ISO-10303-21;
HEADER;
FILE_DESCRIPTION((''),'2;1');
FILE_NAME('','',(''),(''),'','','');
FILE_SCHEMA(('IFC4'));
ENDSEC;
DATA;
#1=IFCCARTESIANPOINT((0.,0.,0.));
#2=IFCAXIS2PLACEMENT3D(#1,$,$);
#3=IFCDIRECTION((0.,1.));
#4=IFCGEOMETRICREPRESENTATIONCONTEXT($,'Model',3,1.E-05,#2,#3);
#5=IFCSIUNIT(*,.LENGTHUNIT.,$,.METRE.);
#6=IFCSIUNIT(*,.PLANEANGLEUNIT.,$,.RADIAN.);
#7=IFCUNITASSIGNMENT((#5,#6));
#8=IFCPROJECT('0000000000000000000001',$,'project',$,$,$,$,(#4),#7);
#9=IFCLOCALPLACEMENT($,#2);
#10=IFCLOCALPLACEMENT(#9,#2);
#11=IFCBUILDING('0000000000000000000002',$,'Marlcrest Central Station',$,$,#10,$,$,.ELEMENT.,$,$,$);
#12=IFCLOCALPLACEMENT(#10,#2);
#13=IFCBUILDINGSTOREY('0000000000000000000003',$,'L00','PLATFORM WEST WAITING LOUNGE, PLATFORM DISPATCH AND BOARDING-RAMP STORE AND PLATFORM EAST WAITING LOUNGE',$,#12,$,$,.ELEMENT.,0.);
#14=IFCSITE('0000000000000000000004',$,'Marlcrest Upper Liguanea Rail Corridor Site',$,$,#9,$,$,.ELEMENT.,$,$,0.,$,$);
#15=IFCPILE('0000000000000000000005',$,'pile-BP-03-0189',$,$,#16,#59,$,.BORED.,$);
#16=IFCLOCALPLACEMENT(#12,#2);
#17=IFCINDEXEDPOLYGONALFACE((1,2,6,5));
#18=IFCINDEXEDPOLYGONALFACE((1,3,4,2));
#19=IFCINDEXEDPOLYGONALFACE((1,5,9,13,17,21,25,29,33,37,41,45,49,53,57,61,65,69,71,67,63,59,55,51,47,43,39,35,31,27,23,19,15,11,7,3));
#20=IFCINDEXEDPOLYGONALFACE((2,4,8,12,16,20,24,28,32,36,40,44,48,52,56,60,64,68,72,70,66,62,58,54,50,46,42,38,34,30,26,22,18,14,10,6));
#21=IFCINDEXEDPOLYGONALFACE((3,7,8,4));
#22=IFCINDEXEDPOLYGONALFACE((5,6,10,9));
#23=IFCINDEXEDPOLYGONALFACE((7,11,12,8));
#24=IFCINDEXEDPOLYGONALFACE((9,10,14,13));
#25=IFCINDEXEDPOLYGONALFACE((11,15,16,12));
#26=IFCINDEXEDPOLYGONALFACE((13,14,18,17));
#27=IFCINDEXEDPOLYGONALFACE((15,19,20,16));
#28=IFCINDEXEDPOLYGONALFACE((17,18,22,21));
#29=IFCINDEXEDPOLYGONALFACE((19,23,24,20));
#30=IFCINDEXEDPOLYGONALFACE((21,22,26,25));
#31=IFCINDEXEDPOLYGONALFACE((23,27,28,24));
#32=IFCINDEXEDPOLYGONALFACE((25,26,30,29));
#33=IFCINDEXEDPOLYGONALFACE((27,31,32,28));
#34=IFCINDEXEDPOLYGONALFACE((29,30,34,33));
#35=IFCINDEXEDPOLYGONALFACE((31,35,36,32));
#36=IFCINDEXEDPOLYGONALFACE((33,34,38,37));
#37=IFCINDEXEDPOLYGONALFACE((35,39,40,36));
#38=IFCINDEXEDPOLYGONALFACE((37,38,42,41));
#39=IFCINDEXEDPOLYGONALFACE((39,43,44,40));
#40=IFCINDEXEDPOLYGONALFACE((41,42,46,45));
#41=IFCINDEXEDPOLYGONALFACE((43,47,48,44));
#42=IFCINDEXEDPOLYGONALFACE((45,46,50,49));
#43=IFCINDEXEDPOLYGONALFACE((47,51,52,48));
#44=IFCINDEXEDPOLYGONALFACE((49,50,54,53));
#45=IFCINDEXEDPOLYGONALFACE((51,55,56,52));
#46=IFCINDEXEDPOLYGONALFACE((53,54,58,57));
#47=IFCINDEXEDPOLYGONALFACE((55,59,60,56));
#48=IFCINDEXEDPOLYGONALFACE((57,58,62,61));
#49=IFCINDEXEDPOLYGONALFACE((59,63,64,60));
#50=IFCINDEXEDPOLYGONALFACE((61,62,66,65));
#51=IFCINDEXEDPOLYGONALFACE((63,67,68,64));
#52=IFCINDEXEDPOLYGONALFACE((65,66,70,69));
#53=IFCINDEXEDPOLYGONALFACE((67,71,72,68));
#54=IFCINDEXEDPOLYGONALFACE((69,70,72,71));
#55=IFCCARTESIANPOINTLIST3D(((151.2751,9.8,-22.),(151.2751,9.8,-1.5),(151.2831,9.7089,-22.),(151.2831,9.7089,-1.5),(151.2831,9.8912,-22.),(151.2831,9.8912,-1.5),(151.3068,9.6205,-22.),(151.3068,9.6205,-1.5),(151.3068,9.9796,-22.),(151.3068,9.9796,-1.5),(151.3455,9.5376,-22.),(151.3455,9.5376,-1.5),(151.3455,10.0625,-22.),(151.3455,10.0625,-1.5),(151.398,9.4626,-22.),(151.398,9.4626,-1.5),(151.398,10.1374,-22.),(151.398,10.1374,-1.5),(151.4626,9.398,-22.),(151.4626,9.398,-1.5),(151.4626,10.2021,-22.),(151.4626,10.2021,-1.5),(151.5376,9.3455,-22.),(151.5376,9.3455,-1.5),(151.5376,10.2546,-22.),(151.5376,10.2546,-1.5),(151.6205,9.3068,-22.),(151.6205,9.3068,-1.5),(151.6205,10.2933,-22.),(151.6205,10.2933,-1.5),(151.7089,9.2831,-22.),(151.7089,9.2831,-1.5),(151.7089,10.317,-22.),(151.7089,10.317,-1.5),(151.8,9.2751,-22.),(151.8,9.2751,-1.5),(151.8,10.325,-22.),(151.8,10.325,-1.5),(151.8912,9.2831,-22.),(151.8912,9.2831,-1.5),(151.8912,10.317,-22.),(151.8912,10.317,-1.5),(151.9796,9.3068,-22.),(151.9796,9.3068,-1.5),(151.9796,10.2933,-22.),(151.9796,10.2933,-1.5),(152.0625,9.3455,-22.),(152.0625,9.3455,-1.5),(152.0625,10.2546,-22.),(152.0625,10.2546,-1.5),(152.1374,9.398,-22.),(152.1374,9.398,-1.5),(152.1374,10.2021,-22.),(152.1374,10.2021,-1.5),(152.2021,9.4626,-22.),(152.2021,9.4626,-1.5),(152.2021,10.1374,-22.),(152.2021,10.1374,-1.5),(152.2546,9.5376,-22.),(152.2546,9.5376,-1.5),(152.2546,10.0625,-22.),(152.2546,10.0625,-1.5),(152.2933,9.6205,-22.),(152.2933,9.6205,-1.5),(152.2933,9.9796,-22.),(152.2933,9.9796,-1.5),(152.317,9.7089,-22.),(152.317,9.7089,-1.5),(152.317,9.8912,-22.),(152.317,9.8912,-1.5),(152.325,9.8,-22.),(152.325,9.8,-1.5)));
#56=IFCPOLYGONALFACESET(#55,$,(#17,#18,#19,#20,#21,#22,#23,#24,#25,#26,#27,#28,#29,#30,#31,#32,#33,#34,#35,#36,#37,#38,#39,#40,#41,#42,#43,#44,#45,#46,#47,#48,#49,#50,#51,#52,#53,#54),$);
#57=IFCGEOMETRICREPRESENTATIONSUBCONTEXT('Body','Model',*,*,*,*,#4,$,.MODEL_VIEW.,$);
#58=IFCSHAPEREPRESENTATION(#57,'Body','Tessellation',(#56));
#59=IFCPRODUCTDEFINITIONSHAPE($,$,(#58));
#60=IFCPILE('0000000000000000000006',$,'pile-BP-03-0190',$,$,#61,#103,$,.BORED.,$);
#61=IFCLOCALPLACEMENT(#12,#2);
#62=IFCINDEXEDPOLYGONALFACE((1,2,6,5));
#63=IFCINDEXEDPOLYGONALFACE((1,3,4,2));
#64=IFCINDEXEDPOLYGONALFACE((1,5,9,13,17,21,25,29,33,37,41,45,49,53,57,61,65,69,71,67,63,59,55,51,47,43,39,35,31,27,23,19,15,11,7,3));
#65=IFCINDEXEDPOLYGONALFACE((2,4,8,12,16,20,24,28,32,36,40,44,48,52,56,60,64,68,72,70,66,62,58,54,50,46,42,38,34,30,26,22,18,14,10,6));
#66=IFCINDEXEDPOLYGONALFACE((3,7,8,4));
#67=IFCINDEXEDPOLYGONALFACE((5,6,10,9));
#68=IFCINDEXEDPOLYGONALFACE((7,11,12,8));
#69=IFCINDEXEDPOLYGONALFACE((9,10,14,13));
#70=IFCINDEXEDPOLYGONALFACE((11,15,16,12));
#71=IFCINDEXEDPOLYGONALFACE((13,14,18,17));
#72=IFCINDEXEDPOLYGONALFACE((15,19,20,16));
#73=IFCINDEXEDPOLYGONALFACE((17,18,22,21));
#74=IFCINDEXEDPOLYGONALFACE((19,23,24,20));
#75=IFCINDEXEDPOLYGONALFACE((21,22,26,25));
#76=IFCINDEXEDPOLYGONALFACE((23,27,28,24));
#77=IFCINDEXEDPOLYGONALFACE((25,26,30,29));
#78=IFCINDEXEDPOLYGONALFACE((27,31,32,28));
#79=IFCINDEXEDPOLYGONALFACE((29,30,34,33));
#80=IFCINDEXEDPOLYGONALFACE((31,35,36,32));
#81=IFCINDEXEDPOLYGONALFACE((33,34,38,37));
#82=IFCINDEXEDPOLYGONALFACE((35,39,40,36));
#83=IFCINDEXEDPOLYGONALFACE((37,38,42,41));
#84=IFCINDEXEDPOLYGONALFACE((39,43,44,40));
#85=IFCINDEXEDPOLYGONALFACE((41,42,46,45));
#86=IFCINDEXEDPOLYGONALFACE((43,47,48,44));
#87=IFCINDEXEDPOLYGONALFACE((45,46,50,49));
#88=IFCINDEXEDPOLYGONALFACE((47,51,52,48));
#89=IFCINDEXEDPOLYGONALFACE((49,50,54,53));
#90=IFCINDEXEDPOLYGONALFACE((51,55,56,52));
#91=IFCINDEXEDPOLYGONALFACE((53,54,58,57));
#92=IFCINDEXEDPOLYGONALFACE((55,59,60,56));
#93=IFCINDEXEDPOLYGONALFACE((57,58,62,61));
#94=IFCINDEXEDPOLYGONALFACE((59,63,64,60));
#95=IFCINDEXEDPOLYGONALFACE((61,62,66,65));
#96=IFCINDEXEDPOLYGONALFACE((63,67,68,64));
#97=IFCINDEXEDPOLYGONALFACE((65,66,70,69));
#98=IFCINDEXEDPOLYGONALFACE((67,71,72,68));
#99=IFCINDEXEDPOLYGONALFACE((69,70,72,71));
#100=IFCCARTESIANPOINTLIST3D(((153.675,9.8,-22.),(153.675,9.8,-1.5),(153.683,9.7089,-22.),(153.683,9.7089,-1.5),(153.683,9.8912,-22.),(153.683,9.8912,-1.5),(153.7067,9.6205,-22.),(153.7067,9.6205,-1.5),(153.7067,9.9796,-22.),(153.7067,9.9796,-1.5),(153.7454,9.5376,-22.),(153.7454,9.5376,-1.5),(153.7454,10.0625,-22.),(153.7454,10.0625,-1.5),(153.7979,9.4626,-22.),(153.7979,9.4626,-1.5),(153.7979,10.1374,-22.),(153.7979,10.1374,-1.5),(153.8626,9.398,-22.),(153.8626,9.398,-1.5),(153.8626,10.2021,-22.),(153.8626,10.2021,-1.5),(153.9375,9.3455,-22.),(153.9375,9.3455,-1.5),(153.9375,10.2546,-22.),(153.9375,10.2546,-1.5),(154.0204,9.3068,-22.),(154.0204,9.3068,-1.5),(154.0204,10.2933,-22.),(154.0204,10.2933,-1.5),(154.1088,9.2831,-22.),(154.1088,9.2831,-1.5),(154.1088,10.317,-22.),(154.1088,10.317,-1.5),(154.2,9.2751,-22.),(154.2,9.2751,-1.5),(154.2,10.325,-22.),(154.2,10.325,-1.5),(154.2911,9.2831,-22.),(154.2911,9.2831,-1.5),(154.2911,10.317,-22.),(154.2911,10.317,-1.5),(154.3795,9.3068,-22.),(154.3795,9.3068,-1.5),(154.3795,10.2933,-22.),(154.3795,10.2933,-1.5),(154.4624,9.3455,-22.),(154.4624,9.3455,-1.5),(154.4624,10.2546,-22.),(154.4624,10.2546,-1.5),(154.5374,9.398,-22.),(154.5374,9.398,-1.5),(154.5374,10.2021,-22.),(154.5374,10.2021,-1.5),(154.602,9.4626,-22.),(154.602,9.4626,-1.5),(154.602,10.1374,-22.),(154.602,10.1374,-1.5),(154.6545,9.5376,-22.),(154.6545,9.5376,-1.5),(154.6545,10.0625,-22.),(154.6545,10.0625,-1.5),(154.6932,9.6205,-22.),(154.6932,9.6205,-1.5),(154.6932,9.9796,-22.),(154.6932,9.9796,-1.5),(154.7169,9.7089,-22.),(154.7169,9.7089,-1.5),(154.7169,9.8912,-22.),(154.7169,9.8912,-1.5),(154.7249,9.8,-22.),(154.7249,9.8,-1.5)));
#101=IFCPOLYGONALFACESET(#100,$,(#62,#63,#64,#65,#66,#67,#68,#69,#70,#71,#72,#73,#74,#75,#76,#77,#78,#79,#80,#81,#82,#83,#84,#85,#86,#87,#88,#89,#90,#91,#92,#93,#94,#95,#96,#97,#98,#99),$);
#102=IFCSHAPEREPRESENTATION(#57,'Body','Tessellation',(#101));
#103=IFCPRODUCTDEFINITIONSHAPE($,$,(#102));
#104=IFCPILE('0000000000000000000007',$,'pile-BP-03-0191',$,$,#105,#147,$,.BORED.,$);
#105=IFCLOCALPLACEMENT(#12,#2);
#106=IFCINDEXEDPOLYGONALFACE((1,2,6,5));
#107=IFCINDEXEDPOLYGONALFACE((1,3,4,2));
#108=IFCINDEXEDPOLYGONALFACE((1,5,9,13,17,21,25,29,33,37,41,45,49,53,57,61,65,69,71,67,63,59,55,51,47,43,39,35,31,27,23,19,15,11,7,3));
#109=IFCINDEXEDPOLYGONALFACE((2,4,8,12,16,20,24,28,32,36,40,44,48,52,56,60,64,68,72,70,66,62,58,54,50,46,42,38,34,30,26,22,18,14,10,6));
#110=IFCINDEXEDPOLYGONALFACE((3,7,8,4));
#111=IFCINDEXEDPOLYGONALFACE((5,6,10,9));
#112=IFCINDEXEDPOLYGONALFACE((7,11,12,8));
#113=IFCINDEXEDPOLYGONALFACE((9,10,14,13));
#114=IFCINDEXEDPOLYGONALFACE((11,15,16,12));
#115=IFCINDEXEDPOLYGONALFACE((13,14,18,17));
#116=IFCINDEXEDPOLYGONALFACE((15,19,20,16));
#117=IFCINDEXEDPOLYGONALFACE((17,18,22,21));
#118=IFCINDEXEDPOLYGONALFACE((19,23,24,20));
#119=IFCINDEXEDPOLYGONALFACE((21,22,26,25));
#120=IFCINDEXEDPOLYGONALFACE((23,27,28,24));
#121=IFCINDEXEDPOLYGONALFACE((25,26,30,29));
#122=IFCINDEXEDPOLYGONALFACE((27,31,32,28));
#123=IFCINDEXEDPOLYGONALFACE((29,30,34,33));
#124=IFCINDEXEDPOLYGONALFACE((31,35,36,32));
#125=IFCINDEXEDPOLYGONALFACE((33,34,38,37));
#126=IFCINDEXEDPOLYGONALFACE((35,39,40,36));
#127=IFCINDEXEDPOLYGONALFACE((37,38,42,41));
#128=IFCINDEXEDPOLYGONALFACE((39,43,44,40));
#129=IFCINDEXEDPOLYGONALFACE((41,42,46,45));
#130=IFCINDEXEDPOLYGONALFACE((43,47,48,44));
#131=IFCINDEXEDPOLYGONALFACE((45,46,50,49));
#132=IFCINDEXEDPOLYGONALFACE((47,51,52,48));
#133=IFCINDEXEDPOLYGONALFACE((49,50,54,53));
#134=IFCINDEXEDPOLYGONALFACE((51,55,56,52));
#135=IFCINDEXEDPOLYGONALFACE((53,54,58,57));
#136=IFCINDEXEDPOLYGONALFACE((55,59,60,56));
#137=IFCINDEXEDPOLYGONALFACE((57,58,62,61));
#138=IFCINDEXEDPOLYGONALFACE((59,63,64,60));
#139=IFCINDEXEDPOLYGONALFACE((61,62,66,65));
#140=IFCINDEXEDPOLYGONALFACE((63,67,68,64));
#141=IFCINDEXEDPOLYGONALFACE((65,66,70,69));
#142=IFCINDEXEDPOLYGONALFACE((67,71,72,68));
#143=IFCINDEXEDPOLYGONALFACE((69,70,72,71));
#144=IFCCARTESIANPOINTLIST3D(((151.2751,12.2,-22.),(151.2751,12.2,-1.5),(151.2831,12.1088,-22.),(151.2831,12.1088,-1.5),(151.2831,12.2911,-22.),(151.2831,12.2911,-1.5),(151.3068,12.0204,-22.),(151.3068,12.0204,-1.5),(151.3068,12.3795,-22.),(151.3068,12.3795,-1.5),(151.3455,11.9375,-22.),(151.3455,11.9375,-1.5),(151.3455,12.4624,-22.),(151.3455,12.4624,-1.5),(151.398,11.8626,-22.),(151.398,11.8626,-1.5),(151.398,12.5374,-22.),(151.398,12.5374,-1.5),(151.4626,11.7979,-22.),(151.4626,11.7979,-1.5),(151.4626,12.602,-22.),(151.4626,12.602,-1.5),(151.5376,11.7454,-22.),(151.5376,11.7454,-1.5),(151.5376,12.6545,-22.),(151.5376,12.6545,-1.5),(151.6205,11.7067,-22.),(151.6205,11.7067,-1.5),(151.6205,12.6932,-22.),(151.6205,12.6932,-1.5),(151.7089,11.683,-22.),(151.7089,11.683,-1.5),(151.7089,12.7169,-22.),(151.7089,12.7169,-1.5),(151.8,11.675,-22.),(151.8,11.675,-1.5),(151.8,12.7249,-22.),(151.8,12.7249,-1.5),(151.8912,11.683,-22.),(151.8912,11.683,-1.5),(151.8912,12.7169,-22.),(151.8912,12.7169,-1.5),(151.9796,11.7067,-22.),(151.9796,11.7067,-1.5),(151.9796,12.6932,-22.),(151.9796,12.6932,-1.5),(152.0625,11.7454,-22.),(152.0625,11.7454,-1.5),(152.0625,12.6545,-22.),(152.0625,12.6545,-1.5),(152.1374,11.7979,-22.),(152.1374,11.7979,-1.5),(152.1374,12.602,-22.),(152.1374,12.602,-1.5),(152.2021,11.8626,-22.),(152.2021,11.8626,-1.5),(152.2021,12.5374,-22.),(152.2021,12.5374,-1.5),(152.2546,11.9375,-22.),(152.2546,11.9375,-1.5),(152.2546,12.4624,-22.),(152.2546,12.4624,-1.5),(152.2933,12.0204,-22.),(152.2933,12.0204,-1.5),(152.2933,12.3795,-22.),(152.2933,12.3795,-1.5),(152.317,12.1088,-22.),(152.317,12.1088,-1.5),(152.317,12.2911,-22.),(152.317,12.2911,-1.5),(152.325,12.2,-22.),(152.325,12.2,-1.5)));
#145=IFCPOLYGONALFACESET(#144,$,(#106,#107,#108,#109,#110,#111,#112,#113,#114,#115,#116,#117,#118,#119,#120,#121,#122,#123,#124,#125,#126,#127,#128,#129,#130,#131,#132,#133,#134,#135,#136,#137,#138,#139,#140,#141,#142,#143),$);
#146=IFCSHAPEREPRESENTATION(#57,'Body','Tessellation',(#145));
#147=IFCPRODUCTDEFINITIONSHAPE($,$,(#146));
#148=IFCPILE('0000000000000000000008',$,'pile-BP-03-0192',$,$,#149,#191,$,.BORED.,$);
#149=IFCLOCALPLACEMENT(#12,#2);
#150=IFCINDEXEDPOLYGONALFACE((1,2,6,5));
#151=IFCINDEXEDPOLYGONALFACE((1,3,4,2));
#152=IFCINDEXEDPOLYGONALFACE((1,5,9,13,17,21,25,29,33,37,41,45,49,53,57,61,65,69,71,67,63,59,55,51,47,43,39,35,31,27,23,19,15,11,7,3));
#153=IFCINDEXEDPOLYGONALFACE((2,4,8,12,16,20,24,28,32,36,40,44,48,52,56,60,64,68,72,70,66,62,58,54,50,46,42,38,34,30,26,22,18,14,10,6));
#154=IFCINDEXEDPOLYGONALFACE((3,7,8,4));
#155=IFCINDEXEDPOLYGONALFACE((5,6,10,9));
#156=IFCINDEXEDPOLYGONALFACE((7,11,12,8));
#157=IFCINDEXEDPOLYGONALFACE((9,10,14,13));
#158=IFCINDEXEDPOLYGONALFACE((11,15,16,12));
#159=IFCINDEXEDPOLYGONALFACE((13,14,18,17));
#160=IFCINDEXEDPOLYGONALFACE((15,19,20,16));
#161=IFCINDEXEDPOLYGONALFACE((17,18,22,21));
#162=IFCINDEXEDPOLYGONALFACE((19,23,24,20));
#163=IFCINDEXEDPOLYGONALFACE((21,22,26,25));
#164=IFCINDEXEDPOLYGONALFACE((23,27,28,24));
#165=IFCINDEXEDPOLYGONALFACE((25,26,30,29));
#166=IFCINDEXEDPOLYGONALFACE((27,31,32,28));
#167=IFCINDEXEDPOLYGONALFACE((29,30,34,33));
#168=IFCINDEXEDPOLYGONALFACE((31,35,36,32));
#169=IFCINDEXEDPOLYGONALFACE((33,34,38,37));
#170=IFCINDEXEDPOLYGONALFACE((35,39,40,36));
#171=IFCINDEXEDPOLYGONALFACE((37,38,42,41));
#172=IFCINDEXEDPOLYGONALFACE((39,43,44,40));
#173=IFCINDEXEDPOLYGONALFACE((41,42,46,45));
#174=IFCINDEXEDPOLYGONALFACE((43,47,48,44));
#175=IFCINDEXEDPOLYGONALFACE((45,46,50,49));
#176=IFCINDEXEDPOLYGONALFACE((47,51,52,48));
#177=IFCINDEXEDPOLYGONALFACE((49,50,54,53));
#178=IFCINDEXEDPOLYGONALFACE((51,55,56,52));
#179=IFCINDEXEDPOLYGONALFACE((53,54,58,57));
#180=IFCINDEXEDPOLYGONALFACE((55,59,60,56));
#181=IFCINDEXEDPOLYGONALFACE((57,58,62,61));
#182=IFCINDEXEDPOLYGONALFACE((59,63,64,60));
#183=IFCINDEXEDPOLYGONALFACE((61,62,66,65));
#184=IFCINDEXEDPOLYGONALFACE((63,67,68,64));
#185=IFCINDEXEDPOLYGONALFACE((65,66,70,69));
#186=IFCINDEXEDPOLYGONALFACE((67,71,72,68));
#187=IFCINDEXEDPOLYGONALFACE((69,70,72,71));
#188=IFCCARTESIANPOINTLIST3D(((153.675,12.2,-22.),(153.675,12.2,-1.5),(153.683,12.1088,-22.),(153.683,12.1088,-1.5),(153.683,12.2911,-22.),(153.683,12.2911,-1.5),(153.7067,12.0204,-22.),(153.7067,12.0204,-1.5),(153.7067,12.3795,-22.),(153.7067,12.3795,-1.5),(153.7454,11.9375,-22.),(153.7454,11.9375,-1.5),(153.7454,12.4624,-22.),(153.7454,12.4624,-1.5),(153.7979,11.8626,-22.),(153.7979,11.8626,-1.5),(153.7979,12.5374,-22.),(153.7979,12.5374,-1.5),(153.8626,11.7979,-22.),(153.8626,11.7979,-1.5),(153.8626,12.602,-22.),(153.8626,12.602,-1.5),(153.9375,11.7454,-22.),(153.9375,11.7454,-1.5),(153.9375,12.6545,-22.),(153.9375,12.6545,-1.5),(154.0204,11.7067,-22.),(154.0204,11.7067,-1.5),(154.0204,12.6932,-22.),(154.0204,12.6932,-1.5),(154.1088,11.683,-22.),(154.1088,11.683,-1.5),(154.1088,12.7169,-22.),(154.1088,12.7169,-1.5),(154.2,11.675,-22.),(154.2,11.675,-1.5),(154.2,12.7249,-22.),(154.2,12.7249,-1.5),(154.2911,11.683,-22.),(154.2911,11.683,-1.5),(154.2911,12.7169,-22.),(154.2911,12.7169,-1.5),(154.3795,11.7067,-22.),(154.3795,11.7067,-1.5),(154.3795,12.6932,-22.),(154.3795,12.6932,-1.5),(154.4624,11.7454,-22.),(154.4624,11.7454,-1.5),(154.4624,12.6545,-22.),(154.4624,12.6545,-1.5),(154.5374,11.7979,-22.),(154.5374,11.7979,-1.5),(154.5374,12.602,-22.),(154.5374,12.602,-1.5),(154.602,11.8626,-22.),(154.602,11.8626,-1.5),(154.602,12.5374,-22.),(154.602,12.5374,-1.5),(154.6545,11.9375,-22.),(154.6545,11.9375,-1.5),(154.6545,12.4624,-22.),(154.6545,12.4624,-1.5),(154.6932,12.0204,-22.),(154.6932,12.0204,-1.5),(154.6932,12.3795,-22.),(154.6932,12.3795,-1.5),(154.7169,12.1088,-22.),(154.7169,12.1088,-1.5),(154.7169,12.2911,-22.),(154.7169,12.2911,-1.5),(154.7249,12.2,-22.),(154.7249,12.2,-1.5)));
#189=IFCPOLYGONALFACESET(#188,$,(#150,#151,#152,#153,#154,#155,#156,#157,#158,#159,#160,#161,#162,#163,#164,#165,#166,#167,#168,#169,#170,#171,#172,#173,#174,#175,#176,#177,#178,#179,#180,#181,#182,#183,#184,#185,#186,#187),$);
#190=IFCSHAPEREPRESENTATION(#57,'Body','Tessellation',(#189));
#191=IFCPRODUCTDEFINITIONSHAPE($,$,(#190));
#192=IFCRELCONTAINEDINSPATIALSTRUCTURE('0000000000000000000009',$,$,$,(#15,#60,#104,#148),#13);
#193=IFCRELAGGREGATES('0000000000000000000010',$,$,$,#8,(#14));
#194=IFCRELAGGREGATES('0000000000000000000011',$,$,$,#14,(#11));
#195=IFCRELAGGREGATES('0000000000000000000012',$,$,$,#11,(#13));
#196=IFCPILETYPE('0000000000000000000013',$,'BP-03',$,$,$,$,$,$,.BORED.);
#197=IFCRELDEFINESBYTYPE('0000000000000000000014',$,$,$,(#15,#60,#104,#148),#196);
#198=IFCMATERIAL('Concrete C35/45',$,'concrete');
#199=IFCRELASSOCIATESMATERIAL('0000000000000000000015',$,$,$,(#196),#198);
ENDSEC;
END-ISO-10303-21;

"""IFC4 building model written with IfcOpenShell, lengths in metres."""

from ifc_helpers import new_model, si_unit, direction, frame, origin, origin_2d, place, context, subcontext, project, spatial, circle, extrude, material, material_profile, profile_set, type_object, element, save


model = new_model("IFC4")

# Units and contexts
model_context = context("Model", 3, precision=1e-05, world=origin(), true_north=direction((0.0, 1.0)))
body_context = subcontext(model_context, "Body", "Model", "MODEL_VIEW")
ifc_project = project(units=[si_unit("LENGTHUNIT", "METRE"), si_unit("PLANEANGLEUNIT", "RADIAN")], contexts=[model_context])

# Site, building, storey
site_placement = place(None, origin())
site = spatial("IfcSite", under=ifc_project, at=site_placement, Name="Marlcrest Upper Liguanea Rail Corridor Site", CompositionType="ELEMENT", RefElevation=0.0)
building_placement = place(site_placement, origin())
building = spatial("IfcBuilding", under=site, at=building_placement, Name="Marlcrest Central Station", CompositionType="ELEMENT")
storey_placement = place(building_placement, origin())
storey = spatial("IfcBuildingStorey", under=building, at=storey_placement, Name="L00", Description="PLATFORM WEST WAITING LOUNGE, PLATFORM DISPATCH AND BOARDING-RAMP STORE AND PLATFORM EAST WAITING LOUNGE", CompositionType="ELEMENT", Elevation=0.0)

# Piles
ifc_material_1 = material(Name="Concrete C35/45", Category="concrete")
ifc_material_profile_1 = material_profile(ifc_material_1, circle(Radius=0.5249, at=origin_2d()), Name="PILE D1050")
ifc_profile_set_1 = profile_set([ifc_material_profile_1], Name="Concrete C35/45")
pile_type = type_object("IfcPileType", Name="BP-03", PredefinedType="BORED", material=ifc_profile_set_1)
for number, where, z_axis, x_axis, name in (
    (1, (151.8, 9.8, -1.5), (0.0, 0.0, -1.0), (1.0, 0.0, 0.0), "pile-BP-03-0189"),
    (2, (154.2, 9.8, -1.5), (0.0, 0.0, -1.0), (1.0, 0.0, 0.0), "pile-BP-03-0190"),
    (3, (151.8, 12.2, -1.5), (0.0, 0.0, -1.0), (1.0, 0.0, 0.0), "pile-BP-03-0191"),
    (4, (154.2, 12.2, -1.5), (0.0, 0.0, -1.0), (1.0, 0.0, 0.0), "pile-BP-03-0192"),
):
    element("IfcPile", number, at=place(storey_placement, frame(where, z_axis=z_axis, x_axis=x_axis)), inside=storey, type_object=pile_type, Name=name, PredefinedType="BORED", context=body_context, shape_type="SweptSolid", body=[
        extrude(circle(Radius=0.5249, at=origin_2d()), origin(), (0.0, 0.0, 1.0), 20.5),
    ])

save(model, "model.ifc")
